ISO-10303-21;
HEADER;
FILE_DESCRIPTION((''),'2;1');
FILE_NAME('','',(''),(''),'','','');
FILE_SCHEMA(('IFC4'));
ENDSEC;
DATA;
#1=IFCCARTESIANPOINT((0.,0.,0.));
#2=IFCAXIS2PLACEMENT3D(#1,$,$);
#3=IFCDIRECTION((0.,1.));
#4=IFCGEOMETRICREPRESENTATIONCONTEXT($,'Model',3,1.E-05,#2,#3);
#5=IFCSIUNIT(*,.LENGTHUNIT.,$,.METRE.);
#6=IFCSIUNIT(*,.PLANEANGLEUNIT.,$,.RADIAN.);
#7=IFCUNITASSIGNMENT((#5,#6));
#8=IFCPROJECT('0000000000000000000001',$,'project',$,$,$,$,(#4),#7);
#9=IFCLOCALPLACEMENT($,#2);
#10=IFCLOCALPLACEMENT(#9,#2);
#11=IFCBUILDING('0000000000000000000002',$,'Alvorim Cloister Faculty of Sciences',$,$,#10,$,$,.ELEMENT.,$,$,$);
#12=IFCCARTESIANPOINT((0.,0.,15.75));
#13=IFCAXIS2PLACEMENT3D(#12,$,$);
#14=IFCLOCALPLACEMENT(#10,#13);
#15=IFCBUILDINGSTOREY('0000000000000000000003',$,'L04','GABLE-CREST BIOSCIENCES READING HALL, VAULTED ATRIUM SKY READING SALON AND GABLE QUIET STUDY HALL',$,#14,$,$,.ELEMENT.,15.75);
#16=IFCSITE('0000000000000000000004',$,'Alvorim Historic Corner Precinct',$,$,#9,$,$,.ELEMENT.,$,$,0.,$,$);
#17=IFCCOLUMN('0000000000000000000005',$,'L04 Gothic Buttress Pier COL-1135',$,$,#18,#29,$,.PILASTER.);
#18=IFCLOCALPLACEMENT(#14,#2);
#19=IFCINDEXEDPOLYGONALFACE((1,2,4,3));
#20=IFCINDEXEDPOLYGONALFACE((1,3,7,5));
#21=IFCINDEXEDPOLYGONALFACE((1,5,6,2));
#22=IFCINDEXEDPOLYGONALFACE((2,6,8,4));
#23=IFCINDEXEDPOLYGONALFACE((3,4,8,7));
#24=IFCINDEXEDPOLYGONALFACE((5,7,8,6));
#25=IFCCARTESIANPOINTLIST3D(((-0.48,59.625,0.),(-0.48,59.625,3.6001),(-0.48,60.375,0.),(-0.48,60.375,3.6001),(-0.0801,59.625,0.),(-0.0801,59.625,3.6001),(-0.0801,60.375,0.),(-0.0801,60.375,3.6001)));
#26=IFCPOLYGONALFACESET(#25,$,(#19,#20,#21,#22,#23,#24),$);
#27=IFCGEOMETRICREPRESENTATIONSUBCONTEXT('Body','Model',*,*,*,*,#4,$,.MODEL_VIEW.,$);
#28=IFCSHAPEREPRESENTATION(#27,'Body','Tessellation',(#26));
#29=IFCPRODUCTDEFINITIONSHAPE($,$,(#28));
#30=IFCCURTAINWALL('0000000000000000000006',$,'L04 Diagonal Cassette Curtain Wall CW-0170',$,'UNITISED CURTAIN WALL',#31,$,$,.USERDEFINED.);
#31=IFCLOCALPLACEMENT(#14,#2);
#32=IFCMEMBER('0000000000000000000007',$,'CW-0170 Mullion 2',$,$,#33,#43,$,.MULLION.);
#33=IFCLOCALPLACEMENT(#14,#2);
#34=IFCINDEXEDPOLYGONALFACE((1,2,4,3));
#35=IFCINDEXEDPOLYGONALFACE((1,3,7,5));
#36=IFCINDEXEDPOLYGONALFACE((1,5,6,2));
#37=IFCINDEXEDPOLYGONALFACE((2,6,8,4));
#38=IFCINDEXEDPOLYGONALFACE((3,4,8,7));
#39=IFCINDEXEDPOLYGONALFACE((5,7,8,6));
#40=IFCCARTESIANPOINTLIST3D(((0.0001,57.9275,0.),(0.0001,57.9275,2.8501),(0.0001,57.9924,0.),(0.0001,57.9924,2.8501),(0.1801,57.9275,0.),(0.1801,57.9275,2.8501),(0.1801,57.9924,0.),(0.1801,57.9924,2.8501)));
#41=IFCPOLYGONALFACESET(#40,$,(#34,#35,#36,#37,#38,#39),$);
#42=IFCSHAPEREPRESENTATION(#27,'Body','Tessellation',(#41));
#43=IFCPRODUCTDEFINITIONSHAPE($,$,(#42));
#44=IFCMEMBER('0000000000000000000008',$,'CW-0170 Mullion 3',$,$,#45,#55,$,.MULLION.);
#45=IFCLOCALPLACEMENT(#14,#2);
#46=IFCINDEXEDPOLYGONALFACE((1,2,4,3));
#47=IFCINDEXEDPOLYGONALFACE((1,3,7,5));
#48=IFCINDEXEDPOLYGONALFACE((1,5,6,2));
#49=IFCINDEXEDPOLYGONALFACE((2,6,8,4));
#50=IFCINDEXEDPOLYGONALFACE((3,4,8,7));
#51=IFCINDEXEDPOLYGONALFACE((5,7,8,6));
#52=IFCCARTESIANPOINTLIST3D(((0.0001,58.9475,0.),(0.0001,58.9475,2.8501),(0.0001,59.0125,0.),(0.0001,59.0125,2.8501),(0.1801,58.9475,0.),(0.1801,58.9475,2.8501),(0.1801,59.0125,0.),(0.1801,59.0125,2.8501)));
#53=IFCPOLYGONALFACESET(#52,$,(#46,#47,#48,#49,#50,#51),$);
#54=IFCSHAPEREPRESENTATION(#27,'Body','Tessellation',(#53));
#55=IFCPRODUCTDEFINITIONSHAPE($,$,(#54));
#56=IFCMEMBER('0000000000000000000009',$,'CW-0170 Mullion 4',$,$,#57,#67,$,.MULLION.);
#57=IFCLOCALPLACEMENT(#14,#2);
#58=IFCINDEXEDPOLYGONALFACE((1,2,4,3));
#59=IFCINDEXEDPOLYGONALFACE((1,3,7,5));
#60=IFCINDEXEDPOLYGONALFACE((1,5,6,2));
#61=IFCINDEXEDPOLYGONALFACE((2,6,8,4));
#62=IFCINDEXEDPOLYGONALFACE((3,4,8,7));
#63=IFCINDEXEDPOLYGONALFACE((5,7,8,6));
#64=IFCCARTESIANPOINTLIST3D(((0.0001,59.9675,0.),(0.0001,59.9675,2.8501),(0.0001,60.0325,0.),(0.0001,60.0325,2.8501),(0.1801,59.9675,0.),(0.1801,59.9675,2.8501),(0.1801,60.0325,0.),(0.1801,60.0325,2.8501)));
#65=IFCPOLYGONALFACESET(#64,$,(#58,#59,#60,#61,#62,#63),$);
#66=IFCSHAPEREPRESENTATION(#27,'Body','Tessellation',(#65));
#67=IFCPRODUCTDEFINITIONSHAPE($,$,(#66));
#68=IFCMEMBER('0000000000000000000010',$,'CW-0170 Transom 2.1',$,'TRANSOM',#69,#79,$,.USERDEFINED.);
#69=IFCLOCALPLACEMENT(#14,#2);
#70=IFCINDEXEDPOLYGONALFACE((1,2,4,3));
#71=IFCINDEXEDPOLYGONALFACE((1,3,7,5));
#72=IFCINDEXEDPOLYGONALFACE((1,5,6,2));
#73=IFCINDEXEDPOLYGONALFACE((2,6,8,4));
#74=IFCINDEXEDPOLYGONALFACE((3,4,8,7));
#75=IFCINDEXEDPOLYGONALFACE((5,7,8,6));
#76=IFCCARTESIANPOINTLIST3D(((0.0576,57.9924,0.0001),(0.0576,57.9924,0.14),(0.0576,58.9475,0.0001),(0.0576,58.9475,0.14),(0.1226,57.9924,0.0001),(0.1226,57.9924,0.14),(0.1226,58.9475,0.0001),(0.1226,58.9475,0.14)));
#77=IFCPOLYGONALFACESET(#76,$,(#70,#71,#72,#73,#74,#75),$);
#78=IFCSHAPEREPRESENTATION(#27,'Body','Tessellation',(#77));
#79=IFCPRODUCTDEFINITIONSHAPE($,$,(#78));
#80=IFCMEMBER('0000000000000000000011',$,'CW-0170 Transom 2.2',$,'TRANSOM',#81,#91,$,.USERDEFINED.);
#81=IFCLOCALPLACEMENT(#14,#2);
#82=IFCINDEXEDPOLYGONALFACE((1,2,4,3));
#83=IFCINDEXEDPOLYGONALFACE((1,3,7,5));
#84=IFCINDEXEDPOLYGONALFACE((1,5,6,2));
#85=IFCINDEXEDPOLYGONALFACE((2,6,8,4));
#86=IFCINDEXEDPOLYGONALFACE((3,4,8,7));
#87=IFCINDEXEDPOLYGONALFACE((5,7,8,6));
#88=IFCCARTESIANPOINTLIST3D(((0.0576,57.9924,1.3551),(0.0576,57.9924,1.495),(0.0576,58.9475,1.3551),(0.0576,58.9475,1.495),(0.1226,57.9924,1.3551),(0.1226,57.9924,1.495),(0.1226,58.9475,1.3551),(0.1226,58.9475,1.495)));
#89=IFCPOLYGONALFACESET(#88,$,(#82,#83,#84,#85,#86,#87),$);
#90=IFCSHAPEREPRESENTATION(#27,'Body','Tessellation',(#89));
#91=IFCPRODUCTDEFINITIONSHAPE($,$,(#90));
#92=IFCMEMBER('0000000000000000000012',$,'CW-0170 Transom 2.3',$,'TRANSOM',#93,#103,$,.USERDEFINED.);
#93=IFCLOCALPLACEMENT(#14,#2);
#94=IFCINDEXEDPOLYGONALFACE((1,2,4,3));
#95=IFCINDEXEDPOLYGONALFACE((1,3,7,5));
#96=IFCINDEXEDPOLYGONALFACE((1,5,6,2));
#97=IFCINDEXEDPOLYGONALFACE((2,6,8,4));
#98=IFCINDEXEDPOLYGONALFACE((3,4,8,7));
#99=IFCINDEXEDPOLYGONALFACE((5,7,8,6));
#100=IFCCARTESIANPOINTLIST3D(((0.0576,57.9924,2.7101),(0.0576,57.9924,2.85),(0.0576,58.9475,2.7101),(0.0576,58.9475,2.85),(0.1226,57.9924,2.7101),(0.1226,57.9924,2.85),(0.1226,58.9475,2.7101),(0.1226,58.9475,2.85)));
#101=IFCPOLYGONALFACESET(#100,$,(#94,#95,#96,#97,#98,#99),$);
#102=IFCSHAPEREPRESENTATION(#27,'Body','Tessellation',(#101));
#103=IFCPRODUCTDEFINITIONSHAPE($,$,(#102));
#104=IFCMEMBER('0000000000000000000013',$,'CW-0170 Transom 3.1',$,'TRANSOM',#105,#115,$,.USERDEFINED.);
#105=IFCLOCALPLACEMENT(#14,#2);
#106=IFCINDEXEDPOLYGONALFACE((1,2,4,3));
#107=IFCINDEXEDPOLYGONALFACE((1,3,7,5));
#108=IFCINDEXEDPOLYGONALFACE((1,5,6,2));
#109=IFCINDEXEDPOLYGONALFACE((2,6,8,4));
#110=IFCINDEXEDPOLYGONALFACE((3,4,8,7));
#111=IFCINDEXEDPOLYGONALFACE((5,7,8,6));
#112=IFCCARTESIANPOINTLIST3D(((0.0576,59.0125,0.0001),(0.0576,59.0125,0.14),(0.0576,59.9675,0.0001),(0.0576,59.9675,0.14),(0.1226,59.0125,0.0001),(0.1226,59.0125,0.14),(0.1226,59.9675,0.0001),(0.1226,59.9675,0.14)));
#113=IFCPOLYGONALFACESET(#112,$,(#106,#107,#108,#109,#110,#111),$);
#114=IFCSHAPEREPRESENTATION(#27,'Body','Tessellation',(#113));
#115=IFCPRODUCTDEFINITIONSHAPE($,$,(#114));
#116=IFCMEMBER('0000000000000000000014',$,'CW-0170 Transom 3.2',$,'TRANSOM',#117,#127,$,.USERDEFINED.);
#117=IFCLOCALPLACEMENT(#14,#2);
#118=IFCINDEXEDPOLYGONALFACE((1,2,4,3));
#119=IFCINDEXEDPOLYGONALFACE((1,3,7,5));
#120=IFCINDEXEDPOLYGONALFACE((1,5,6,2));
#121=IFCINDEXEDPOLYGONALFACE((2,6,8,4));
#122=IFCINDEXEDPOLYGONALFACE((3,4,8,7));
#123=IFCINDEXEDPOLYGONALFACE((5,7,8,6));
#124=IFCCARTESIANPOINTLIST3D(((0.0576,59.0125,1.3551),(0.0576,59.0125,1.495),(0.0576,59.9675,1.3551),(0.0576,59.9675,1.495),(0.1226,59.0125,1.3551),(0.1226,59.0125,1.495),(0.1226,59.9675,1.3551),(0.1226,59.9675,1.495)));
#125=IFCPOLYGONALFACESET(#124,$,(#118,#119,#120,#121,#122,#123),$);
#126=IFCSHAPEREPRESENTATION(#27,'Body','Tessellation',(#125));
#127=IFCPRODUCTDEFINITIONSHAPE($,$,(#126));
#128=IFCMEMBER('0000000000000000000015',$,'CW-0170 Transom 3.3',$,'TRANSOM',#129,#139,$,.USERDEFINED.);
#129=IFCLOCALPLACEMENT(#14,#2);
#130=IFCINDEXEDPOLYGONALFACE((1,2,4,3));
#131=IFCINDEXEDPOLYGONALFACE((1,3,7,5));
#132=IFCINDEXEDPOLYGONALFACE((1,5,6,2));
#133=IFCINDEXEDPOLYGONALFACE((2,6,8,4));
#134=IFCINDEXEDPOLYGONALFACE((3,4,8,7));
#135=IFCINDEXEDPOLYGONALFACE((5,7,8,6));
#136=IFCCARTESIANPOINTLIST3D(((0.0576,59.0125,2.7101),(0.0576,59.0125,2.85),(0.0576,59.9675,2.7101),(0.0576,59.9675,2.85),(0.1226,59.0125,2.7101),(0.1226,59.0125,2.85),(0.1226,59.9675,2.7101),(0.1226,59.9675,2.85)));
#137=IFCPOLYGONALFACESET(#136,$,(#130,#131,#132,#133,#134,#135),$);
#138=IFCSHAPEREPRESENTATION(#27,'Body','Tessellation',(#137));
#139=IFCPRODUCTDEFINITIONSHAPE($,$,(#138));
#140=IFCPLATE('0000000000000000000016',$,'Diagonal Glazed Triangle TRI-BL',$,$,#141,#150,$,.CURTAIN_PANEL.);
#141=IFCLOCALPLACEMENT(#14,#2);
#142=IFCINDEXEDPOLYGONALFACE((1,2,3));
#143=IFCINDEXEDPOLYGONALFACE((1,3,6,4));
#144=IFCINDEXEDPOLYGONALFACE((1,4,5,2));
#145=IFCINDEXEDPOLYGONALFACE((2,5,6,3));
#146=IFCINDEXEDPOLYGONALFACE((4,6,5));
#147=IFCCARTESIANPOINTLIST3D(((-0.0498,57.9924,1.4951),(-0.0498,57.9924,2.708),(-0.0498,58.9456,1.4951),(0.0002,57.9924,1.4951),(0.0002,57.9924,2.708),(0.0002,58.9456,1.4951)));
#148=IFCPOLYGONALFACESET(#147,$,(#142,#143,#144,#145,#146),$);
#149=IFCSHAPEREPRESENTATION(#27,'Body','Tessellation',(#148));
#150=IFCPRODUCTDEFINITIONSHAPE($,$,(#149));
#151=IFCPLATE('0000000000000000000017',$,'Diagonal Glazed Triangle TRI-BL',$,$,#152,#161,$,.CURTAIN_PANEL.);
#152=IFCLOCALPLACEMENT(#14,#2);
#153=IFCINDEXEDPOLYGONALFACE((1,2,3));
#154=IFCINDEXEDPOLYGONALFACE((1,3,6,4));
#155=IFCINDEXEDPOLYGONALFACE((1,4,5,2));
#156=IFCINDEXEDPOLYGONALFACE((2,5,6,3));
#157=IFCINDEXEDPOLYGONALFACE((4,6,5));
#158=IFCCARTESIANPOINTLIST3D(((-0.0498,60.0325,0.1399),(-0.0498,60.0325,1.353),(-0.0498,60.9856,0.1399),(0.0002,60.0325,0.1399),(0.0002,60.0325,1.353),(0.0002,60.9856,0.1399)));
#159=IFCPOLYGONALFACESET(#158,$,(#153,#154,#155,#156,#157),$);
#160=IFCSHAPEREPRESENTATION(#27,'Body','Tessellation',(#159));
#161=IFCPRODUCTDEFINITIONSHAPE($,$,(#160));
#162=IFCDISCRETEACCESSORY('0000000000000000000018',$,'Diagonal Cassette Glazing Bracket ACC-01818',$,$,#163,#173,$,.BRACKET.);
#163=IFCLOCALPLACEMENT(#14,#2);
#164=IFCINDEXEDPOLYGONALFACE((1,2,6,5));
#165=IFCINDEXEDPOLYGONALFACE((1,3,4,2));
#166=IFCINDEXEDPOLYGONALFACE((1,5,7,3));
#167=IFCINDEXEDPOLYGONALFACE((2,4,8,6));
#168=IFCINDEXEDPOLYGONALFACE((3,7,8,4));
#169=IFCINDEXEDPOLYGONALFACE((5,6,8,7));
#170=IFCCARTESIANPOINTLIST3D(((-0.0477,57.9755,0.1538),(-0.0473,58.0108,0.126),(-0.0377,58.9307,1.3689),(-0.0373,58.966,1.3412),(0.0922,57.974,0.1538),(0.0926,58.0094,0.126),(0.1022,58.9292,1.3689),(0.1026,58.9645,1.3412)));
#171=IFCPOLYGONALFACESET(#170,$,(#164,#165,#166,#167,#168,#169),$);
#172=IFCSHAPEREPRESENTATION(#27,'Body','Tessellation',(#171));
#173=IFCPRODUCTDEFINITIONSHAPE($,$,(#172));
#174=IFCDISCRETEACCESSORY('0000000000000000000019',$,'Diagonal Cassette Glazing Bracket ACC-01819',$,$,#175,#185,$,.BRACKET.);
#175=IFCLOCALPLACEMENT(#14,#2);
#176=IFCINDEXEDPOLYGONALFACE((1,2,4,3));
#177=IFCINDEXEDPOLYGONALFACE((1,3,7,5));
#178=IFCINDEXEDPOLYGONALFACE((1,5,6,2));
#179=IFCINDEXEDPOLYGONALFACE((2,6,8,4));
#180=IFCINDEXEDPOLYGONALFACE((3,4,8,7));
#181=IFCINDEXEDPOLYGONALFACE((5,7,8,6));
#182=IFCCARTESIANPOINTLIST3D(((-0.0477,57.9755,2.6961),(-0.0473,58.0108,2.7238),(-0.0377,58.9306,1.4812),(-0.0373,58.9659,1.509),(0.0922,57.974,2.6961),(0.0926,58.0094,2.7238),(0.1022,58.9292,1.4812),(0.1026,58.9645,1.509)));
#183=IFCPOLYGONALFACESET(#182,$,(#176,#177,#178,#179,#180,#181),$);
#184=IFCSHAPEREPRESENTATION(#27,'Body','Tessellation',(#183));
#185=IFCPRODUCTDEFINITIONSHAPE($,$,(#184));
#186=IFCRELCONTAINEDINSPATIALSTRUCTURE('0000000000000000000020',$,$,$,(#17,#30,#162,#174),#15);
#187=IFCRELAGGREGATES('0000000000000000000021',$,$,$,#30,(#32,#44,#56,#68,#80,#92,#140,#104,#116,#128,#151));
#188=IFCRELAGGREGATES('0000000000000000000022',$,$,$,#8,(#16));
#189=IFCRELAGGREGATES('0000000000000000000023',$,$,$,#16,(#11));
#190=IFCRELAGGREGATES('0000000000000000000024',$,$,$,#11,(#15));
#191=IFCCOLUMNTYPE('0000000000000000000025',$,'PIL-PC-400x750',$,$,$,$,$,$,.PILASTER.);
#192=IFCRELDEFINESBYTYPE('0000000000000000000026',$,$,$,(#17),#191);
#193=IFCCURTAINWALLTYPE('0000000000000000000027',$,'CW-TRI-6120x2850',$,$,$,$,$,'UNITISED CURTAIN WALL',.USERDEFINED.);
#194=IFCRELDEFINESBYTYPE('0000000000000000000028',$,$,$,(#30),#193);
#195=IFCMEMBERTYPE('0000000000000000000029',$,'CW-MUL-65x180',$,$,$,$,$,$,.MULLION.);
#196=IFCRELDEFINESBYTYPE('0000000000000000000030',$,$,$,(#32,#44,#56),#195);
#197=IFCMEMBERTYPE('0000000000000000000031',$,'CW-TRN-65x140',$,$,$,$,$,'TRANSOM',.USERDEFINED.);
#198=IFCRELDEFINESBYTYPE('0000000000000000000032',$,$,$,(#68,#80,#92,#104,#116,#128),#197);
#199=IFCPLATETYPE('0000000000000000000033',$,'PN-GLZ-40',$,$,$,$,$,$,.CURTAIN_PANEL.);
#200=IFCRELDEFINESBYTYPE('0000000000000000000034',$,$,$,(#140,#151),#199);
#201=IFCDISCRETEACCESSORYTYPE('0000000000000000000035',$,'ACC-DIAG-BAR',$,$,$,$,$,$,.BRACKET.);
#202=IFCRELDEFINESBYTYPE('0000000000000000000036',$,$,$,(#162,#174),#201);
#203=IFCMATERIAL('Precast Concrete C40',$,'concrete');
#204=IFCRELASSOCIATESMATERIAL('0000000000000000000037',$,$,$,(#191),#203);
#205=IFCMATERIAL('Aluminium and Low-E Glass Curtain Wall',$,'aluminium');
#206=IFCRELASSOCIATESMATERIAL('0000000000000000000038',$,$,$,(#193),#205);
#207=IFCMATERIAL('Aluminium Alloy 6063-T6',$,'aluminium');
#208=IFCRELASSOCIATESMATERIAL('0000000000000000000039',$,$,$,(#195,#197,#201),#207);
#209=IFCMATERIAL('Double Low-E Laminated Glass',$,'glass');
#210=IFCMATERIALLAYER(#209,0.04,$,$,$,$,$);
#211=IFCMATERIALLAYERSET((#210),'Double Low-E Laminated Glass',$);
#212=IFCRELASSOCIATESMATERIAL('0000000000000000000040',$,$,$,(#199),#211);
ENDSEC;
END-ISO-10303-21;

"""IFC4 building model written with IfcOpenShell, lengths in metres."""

from ifc_helpers import new_model, si_unit, direction, frame, origin, origin_2d, place, context, subcontext, project, spatial, polyline, rectangle, outline, extrude, material, layer, layer_set, material_profile, profile_set, type_object, element, aggregate, save


model = new_model("IFC4")

# Units and contexts
model_context = context("Model", 3, precision=1e-05, world=origin(), true_north=direction((0.0, 1.0)))
body_context = subcontext(model_context, "Body", "Model", "MODEL_VIEW")
ifc_project = project(units=[si_unit("LENGTHUNIT", "METRE"), si_unit("PLANEANGLEUNIT", "RADIAN")], contexts=[model_context])

# Site, building, storey
site_placement = place(None, origin())
site = spatial("IfcSite", under=ifc_project, at=site_placement, Name="Alvorim Historic Corner Precinct", CompositionType="ELEMENT", RefElevation=0.0)
building_placement = place(site_placement, origin())
building = spatial("IfcBuilding", under=site, at=building_placement, Name="Alvorim Cloister Faculty of Sciences", CompositionType="ELEMENT")
storey_placement = place(building_placement, frame((0.0, 0.0, 15.75)))
storey = spatial("IfcBuildingStorey", under=building, at=storey_placement, Name="L04", Description="GABLE-CREST BIOSCIENCES READING HALL, VAULTED ATRIUM SKY READING SALON AND GABLE QUIET STUDY HALL", CompositionType="ELEMENT", Elevation=15.75)

# Column
ifc_material_1 = material(Name="Precast Concrete C40", Category="concrete")
ifc_material_profile_1 = material_profile(ifc_material_1, rectangle(XDim=0.3999, YDim=0.75, at=origin_2d()), Name="RC40-PIL-400x750")
ifc_profile_set_1 = profile_set([ifc_material_profile_1], Name="Precast Concrete C40")
column_type = type_object("IfcColumnType", Name="PIL-PC-400x750", PredefinedType="PILASTER", material=ifc_profile_set_1)
column_placement = place(storey_placement, frame((-0.28, 60.0, 0.0), z_axis=(0.0, 0.0, 1.0), x_axis=(1.0, 0.0, 0.0)))
element("IfcColumn", 1, at=column_placement, inside=storey, type_object=column_type, Name="L04 Gothic Buttress Pier COL-1135", PredefinedType="PILASTER", context=body_context, shape_type="SweptSolid", body=[
    extrude(rectangle(XDim=0.3999, YDim=0.75, at=origin_2d()), origin(), (0.0, 0.0, 1.0), 3.6001),
])

# Curtain wall, members, plates
ifc_material_2 = material(Name="Aluminium and Low-E Glass Curtain Wall", Category="aluminium")
curtain_wall_type = type_object("IfcCurtainWallType", Name="CW-TRI-6120x2850", ElementType="UNITISED CURTAIN WALL", PredefinedType="USERDEFINED", material=ifc_material_2)
curtain_wall_placement = place(storey_placement, origin())
curtain_wall = element("IfcCurtainWall", 2, at=curtain_wall_placement, inside=storey, type_object=curtain_wall_type, Name="L04 Diagonal Cassette Curtain Wall CW-0170", ObjectType="UNITISED CURTAIN WALL", PredefinedType="USERDEFINED")
ifc_material_3 = material(Name="Aluminium Alloy 6063-T6", Category="aluminium")
ifc_material_profile_2 = material_profile(ifc_material_3, rectangle(XDim=0.0649, YDim=0.1799, at=origin_2d()), Name="ALU-MUL-65x180")
ifc_profile_set_2 = profile_set([ifc_material_profile_2], Name="Aluminium Alloy 6063-T6")
member_type_1 = type_object("IfcMemberType", Name="CW-MUL-65x180", PredefinedType="MULLION", material=ifc_profile_set_2)
member_1_placement = place(storey_placement, frame((0.0901, 57.96, 0.0), z_axis=(0.0, 0.0, 1.0), x_axis=(0.0, 1.0, 0.0)))
member_1 = element("IfcMember", 3, at=member_1_placement, type_object=member_type_1, Name="CW-0170 Mullion 2", PredefinedType="MULLION", context=body_context, shape_type="SweptSolid", body=[
    extrude(rectangle(XDim=0.0649, YDim=0.1799, at=origin_2d()), origin(), (0.0, 0.0, 1.0), 2.8501),
])
member_2_placement = place(storey_placement, frame((0.0901, 58.98, 0.0), z_axis=(0.0, 0.0, 1.0), x_axis=(0.0, 1.0, 0.0)))
member_2 = element("IfcMember", 4, at=member_2_placement, type_object=member_type_1, Name="CW-0170 Mullion 3", PredefinedType="MULLION", context=body_context, shape_type="SweptSolid", body=[
    extrude(rectangle(XDim=0.0649, YDim=0.1799, at=origin_2d()), origin(), (0.0, 0.0, 1.0), 2.8501),
])
member_3_placement = place(storey_placement, frame((0.0901, 60.0, 0.0), z_axis=(0.0, 0.0, 1.0), x_axis=(0.0, 1.0, 0.0)))
member_3 = element("IfcMember", 5, at=member_3_placement, type_object=member_type_1, Name="CW-0170 Mullion 4", PredefinedType="MULLION", context=body_context, shape_type="SweptSolid", body=[
    extrude(rectangle(XDim=0.0649, YDim=0.1799, at=origin_2d()), origin(), (0.0, 0.0, 1.0), 2.8501),
])
ifc_material_profile_3 = material_profile(ifc_material_3, rectangle(XDim=0.0649, YDim=0.1399, at=origin_2d()), Name="ALU-TRN-65x140")
ifc_profile_set_3 = profile_set([ifc_material_profile_3], Name="Aluminium Alloy 6063-T6")
member_type_2 = type_object("IfcMemberType", Name="CW-TRN-65x140", ElementType="TRANSOM", PredefinedType="USERDEFINED", material=ifc_profile_set_3)
member_4_placement = place(storey_placement, frame((0.0901, 57.9924, 0.0701), z_axis=(0.0, 1.0, 0.0), x_axis=(-1.0, 0.0, 0.0)))
member_4 = element("IfcMember", 6, at=member_4_placement, type_object=member_type_2, Name="CW-0170 Transom 2.1", ObjectType="TRANSOM", PredefinedType="USERDEFINED", context=body_context, shape_type="SweptSolid", body=[
    extrude(rectangle(XDim=0.0649, YDim=0.1399, at=origin_2d()), origin(), (0.0, 0.0, 1.0), 0.9551),
])
member_5_placement = place(storey_placement, frame((0.0901, 57.9924, 1.425), z_axis=(0.0, 1.0, 0.0), x_axis=(-1.0, 0.0, 0.0)))
member_5 = element("IfcMember", 7, at=member_5_placement, type_object=member_type_2, Name="CW-0170 Transom 2.2", ObjectType="TRANSOM", PredefinedType="USERDEFINED", context=body_context, shape_type="SweptSolid", body=[
    extrude(rectangle(XDim=0.0649, YDim=0.1399, at=origin_2d()), origin(), (0.0, 0.0, 1.0), 0.9551),
])
member_6_placement = place(storey_placement, frame((0.0901, 57.9924, 2.78), z_axis=(0.0, 1.0, 0.0), x_axis=(-1.0, 0.0, 0.0)))
member_6 = element("IfcMember", 8, at=member_6_placement, type_object=member_type_2, Name="CW-0170 Transom 2.3", ObjectType="TRANSOM", PredefinedType="USERDEFINED", context=body_context, shape_type="SweptSolid", body=[
    extrude(rectangle(XDim=0.0649, YDim=0.1399, at=origin_2d()), origin(), (0.0, 0.0, 1.0), 0.9551),
])
member_7_placement = place(storey_placement, frame((0.0901, 59.0125, 0.0701), z_axis=(0.0, 1.0, 0.0), x_axis=(-1.0, 0.0, 0.0)))
member_7 = element("IfcMember", 9, at=member_7_placement, type_object=member_type_2, Name="CW-0170 Transom 3.1", ObjectType="TRANSOM", PredefinedType="USERDEFINED", context=body_context, shape_type="SweptSolid", body=[
    extrude(rectangle(XDim=0.0649, YDim=0.1399, at=origin_2d()), origin(), (0.0, 0.0, 1.0), 0.9551),
])
member_8_placement = place(storey_placement, frame((0.0901, 59.0125, 1.425), z_axis=(0.0, 1.0, 0.0), x_axis=(-1.0, 0.0, 0.0)))
member_8 = element("IfcMember", 10, at=member_8_placement, type_object=member_type_2, Name="CW-0170 Transom 3.2", ObjectType="TRANSOM", PredefinedType="USERDEFINED", context=body_context, shape_type="SweptSolid", body=[
    extrude(rectangle(XDim=0.0649, YDim=0.1399, at=origin_2d()), origin(), (0.0, 0.0, 1.0), 0.9551),
])
member_9_placement = place(storey_placement, frame((0.0901, 59.0125, 2.78), z_axis=(0.0, 1.0, 0.0), x_axis=(-1.0, 0.0, 0.0)))
member_9 = element("IfcMember", 11, at=member_9_placement, type_object=member_type_2, Name="CW-0170 Transom 3.3", ObjectType="TRANSOM", PredefinedType="USERDEFINED", context=body_context, shape_type="SweptSolid", body=[
    extrude(rectangle(XDim=0.0649, YDim=0.1399, at=origin_2d()), origin(), (0.0, 0.0, 1.0), 0.9551),
])
ifc_material_4 = material(Name="Double Low-E Laminated Glass", Category="glass")
ifc_layer = layer(ifc_material_4, 0.04)
ifc_layer_set = layer_set([ifc_layer], Name="Double Low-E Laminated Glass")
plate_type = type_object("IfcPlateType", Name="PN-GLZ-40", PredefinedType="CURTAIN_PANEL", material=ifc_layer_set)
plate_1_placement = place(storey_placement, frame((-0.0249, 57.9924, 1.4951), z_axis=(0.0, 0.0, 1.0), x_axis=(0.0, 1.0, 0.0)))
plate_1 = element("IfcPlate", 12, at=plate_1_placement, type_object=plate_type, Name="Diagonal Glazed Triangle TRI-BL", PredefinedType="CURTAIN_PANEL", context=body_context, shape_type="SweptSolid", body=[
    extrude(outline(polyline([(0.0, 0.0), (0.9531, 0.0), (0.0, 1.2129), (0.0, 0.0)])), frame((0.0, 0.0249, 0.0), z_axis=(0.0, -1.0, 0.0), x_axis=(1.0, 0.0, 0.0)), (0.0, 0.0, 1.0), 0.05),
])
plate_2_placement = place(storey_placement, frame((-0.0249, 60.0325, 0.1399), z_axis=(0.0, 0.0, 1.0), x_axis=(0.0, 1.0, 0.0)))
plate_2 = element("IfcPlate", 13, at=plate_2_placement, type_object=plate_type, Name="Diagonal Glazed Triangle TRI-BL", PredefinedType="CURTAIN_PANEL", context=body_context, shape_type="SweptSolid", body=[
    extrude(outline(polyline([(0.0, 0.0), (0.9531, 0.0), (0.0, 1.2131), (0.0, 0.0)])), frame((0.0, 0.0249, 0.0), z_axis=(0.0, -1.0, 0.0), x_axis=(1.0, 0.0, 0.0)), (0.0, 0.0, 1.0), 0.05),
])
aggregate(curtain_wall, [member_1, member_2, member_3, member_4, member_5, member_6, plate_1, member_7, member_8, member_9, plate_2])

# Discrete accessories
discrete_accessory_type = type_object("IfcDiscreteAccessoryType", Name="ACC-DIAG-BAR", PredefinedType="BRACKET", material=ifc_material_3)
discrete_accessory_1_placement = place(storey_placement, frame((0.0225, 57.9924, 0.1399), z_axis=(0.006477, 0.617955, 0.786187), x_axis=(-0.999945, 0.01048, 0.0)))
element("IfcDiscreteAccessory", 14, at=discrete_accessory_1_placement, inside=storey, type_object=discrete_accessory_type, Name="Diagonal Cassette Glazing Bracket ACC-01818", PredefinedType="BRACKET", context=body_context, shape_type="SweptSolid", body=[
    extrude(rectangle(XDim=0.1399, YDim=0.0449, at=origin_2d()), origin(), (0.0, 0.0, 1.0), 1.5457),
])
discrete_accessory_2_placement = place(storey_placement, frame((0.0225, 57.9924, 2.71), z_axis=(0.006477, 0.618032, -0.786126), x_axis=(-0.999945, 0.01048, 0.0)))
element("IfcDiscreteAccessory", 15, at=discrete_accessory_2_placement, inside=storey, type_object=discrete_accessory_type, Name="Diagonal Cassette Glazing Bracket ACC-01819", PredefinedType="BRACKET", context=body_context, shape_type="SweptSolid", body=[
    extrude(rectangle(XDim=0.1399, YDim=0.0449, at=origin_2d()), origin(), (0.0, 0.0, 1.0), 1.5454),
])

save(model, "model.ifc")
